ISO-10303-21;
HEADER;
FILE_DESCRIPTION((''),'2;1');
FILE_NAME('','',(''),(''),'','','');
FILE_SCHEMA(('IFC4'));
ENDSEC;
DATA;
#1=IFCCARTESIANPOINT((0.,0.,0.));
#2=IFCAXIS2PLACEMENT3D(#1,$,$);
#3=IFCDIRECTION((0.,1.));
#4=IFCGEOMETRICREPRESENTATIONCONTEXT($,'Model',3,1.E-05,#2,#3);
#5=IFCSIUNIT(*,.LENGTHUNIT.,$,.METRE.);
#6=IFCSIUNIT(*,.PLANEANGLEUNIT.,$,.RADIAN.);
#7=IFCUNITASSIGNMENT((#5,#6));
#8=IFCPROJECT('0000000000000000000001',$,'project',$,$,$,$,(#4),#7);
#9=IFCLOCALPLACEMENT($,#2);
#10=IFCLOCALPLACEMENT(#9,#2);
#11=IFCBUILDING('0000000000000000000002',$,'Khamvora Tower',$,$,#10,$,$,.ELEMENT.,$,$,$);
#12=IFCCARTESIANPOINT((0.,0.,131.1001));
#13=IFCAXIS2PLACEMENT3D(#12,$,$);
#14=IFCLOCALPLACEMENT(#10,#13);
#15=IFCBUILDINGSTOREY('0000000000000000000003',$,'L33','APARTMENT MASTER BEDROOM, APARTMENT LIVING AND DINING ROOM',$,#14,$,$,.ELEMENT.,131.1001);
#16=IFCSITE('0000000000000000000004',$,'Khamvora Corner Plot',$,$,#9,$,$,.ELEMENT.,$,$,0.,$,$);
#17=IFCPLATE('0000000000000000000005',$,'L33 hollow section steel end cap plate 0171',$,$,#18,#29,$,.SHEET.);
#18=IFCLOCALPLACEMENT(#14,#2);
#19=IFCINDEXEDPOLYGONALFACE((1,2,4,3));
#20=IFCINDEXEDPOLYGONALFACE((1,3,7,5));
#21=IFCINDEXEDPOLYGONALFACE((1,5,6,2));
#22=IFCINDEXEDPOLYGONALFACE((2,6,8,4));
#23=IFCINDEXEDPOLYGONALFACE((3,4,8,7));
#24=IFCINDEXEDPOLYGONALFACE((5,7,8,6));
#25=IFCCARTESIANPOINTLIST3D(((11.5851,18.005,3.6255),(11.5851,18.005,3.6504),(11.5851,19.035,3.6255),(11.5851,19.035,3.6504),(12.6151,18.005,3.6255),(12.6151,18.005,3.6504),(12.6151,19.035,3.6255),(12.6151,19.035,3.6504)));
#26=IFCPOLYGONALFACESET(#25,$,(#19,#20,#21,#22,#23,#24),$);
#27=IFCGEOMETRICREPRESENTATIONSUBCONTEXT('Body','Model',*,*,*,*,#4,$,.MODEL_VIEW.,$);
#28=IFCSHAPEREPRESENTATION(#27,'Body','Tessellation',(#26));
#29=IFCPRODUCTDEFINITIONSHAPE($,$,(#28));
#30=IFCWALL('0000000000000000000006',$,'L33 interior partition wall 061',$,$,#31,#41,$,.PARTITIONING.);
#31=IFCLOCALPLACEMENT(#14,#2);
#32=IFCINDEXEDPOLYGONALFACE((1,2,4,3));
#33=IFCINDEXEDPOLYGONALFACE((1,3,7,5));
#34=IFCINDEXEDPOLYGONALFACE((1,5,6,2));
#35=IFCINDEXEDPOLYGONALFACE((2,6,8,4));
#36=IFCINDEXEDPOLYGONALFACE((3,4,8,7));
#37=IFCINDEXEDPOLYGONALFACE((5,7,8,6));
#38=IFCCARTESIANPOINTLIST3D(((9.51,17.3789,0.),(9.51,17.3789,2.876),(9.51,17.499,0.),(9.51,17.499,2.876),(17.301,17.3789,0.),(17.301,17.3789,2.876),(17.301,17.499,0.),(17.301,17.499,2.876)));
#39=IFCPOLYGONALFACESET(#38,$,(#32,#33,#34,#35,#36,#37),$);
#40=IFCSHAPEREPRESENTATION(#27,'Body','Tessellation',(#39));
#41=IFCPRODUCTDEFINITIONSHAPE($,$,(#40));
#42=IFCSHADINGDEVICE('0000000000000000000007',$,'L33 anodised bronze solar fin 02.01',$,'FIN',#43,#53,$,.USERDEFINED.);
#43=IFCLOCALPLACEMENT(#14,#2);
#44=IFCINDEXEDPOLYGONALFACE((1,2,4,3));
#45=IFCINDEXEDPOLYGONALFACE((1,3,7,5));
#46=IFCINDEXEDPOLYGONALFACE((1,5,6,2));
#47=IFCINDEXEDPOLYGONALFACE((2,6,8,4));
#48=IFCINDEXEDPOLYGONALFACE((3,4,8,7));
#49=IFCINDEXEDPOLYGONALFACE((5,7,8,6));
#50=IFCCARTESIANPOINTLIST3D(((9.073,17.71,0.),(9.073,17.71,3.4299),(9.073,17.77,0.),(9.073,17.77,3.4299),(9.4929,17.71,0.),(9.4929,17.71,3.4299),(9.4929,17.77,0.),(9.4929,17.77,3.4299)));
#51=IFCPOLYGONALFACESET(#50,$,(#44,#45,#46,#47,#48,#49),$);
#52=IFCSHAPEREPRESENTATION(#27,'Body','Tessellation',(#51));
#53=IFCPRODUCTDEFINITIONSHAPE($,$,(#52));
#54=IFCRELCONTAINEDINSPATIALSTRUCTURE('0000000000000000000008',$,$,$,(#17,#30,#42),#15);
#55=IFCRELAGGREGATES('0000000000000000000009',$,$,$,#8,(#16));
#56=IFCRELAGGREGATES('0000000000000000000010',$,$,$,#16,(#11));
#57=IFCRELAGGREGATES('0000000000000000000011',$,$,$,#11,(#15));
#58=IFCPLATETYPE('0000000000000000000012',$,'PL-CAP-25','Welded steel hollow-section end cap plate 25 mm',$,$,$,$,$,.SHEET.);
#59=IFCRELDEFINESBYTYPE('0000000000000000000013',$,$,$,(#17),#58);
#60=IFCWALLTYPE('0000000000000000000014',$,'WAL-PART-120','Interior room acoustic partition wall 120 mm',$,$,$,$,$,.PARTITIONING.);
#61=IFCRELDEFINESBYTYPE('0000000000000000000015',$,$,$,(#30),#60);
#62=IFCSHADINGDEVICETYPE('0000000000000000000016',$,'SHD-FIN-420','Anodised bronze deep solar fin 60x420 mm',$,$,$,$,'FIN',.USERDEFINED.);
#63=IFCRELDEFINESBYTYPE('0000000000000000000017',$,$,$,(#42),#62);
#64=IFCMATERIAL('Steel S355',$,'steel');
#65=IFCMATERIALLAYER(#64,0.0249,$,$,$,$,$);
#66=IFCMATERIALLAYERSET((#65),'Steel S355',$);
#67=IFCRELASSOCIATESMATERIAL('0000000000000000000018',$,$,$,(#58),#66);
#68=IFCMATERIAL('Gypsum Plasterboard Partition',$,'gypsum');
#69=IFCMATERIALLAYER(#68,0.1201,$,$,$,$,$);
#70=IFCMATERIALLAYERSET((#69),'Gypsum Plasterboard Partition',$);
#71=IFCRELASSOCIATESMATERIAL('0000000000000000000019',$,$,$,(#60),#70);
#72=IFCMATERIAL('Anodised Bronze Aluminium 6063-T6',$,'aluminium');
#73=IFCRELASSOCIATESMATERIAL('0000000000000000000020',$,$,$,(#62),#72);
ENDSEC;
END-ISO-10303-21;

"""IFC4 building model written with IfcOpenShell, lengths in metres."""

from ifc_helpers import new_model, si_unit, direction, frame, frame_2d, origin, origin_2d, place, context, subcontext, project, spatial, rectangle, extrude, material, layer, layer_set, type_object, element, save


model = new_model("IFC4")

# Units and contexts
model_context = context("Model", 3, precision=1e-05, world=origin(), true_north=direction((0.0, 1.0)))
body_context = subcontext(model_context, "Body", "Model", "MODEL_VIEW")
ifc_project = project(units=[si_unit("LENGTHUNIT", "METRE"), si_unit("PLANEANGLEUNIT", "RADIAN")], contexts=[model_context])

# Site, building, storey
site_placement = place(None, origin())
site = spatial("IfcSite", under=ifc_project, at=site_placement, Name="Khamvora Corner Plot", CompositionType="ELEMENT", RefElevation=0.0)
building_placement = place(site_placement, origin())
building = spatial("IfcBuilding", under=site, at=building_placement, Name="Khamvora Tower", CompositionType="ELEMENT")
storey_placement = place(building_placement, frame((0.0, 0.0, 131.1001)))
storey = spatial("IfcBuildingStorey", under=building, at=storey_placement, Name="L33", Description="APARTMENT MASTER BEDROOM, APARTMENT LIVING AND DINING ROOM", CompositionType="ELEMENT", Elevation=131.1001)

# Shared definitions
ifc_material_1 = material(Name="Steel S355", Category="steel")

# Plate
ifc_layer_1 = layer(ifc_material_1, 0.0249)
ifc_layer_set_1 = layer_set([ifc_layer_1], Name="Steel S355")
plate_type_1 = type_object("IfcPlateType", Name="PL-CAP-25", Description="Welded steel hollow-section end cap plate 25 mm", PredefinedType="SHEET", material=ifc_layer_set_1)
plate_1_placement = place(storey_placement, frame((12.1001, 18.52, 3.6255), z_axis=(0.0, 0.0, 1.0), x_axis=(1.0, 0.0, 0.0)))
element("IfcPlate", 1, at=plate_1_placement, inside=storey, type_object=plate_type_1, Name="L33 hollow section steel end cap plate 0171", PredefinedType="SHEET", context=body_context, shape_type="SweptSolid", body=[
    extrude(rectangle(XDim=1.03, YDim=1.03, at=origin_2d()), origin(), (0.0, 0.0, 1.0), 0.0249),
])

# Wall
ifc_material_2 = material(Name="Gypsum Plasterboard Partition", Category="gypsum")
ifc_layer_2 = layer(ifc_material_2, 0.1201)
ifc_layer_set_2 = layer_set([ifc_layer_2], Name="Gypsum Plasterboard Partition")
wall_type = type_object("IfcWallType", Name="WAL-PART-120", Description="Interior room acoustic partition wall 120 mm", PredefinedType="PARTITIONING", material=ifc_layer_set_2)
wall_placement = place(storey_placement, frame((9.51, 17.439, 0.0), z_axis=(0.0, 0.0, 1.0), x_axis=(1.0, 0.0, 0.0)))
element("IfcWall", 2, at=wall_placement, inside=storey, type_object=wall_type, Name="L33 interior partition wall 061", PredefinedType="PARTITIONING", context=body_context, shape_type="SweptSolid", body=[
    extrude(rectangle(XDim=7.791, YDim=0.1201, at=frame_2d((3.8955, 0.0))), origin(), (0.0, 0.0, 1.0), 2.876),
])

# Shading device
ifc_material_3 = material(Name="Anodised Bronze Aluminium 6063-T6", Category="aluminium")
shading_device_type = type_object("IfcShadingDeviceType", Name="SHD-FIN-420", Description="Anodised bronze deep solar fin 60x420 mm", ElementType="FIN", PredefinedType="USERDEFINED", material=ifc_material_3)
shading_device_placement = place(storey_placement, frame((9.283, 17.74, 0.0), z_axis=(0.0, 0.0, 1.0), x_axis=(0.0, 1.0, 0.0)))
element("IfcShadingDevice", 3, at=shading_device_placement, inside=storey, type_object=shading_device_type, Name="L33 anodised bronze solar fin 02.01", ObjectType="FIN", PredefinedType="USERDEFINED", context=body_context, shape_type="SweptSolid", body=[
    extrude(rectangle(XDim=0.0601, YDim=0.4199, at=origin_2d()), origin(), (0.0, 0.0, 1.0), 3.4299),
])

save(model, "model.ifc")
